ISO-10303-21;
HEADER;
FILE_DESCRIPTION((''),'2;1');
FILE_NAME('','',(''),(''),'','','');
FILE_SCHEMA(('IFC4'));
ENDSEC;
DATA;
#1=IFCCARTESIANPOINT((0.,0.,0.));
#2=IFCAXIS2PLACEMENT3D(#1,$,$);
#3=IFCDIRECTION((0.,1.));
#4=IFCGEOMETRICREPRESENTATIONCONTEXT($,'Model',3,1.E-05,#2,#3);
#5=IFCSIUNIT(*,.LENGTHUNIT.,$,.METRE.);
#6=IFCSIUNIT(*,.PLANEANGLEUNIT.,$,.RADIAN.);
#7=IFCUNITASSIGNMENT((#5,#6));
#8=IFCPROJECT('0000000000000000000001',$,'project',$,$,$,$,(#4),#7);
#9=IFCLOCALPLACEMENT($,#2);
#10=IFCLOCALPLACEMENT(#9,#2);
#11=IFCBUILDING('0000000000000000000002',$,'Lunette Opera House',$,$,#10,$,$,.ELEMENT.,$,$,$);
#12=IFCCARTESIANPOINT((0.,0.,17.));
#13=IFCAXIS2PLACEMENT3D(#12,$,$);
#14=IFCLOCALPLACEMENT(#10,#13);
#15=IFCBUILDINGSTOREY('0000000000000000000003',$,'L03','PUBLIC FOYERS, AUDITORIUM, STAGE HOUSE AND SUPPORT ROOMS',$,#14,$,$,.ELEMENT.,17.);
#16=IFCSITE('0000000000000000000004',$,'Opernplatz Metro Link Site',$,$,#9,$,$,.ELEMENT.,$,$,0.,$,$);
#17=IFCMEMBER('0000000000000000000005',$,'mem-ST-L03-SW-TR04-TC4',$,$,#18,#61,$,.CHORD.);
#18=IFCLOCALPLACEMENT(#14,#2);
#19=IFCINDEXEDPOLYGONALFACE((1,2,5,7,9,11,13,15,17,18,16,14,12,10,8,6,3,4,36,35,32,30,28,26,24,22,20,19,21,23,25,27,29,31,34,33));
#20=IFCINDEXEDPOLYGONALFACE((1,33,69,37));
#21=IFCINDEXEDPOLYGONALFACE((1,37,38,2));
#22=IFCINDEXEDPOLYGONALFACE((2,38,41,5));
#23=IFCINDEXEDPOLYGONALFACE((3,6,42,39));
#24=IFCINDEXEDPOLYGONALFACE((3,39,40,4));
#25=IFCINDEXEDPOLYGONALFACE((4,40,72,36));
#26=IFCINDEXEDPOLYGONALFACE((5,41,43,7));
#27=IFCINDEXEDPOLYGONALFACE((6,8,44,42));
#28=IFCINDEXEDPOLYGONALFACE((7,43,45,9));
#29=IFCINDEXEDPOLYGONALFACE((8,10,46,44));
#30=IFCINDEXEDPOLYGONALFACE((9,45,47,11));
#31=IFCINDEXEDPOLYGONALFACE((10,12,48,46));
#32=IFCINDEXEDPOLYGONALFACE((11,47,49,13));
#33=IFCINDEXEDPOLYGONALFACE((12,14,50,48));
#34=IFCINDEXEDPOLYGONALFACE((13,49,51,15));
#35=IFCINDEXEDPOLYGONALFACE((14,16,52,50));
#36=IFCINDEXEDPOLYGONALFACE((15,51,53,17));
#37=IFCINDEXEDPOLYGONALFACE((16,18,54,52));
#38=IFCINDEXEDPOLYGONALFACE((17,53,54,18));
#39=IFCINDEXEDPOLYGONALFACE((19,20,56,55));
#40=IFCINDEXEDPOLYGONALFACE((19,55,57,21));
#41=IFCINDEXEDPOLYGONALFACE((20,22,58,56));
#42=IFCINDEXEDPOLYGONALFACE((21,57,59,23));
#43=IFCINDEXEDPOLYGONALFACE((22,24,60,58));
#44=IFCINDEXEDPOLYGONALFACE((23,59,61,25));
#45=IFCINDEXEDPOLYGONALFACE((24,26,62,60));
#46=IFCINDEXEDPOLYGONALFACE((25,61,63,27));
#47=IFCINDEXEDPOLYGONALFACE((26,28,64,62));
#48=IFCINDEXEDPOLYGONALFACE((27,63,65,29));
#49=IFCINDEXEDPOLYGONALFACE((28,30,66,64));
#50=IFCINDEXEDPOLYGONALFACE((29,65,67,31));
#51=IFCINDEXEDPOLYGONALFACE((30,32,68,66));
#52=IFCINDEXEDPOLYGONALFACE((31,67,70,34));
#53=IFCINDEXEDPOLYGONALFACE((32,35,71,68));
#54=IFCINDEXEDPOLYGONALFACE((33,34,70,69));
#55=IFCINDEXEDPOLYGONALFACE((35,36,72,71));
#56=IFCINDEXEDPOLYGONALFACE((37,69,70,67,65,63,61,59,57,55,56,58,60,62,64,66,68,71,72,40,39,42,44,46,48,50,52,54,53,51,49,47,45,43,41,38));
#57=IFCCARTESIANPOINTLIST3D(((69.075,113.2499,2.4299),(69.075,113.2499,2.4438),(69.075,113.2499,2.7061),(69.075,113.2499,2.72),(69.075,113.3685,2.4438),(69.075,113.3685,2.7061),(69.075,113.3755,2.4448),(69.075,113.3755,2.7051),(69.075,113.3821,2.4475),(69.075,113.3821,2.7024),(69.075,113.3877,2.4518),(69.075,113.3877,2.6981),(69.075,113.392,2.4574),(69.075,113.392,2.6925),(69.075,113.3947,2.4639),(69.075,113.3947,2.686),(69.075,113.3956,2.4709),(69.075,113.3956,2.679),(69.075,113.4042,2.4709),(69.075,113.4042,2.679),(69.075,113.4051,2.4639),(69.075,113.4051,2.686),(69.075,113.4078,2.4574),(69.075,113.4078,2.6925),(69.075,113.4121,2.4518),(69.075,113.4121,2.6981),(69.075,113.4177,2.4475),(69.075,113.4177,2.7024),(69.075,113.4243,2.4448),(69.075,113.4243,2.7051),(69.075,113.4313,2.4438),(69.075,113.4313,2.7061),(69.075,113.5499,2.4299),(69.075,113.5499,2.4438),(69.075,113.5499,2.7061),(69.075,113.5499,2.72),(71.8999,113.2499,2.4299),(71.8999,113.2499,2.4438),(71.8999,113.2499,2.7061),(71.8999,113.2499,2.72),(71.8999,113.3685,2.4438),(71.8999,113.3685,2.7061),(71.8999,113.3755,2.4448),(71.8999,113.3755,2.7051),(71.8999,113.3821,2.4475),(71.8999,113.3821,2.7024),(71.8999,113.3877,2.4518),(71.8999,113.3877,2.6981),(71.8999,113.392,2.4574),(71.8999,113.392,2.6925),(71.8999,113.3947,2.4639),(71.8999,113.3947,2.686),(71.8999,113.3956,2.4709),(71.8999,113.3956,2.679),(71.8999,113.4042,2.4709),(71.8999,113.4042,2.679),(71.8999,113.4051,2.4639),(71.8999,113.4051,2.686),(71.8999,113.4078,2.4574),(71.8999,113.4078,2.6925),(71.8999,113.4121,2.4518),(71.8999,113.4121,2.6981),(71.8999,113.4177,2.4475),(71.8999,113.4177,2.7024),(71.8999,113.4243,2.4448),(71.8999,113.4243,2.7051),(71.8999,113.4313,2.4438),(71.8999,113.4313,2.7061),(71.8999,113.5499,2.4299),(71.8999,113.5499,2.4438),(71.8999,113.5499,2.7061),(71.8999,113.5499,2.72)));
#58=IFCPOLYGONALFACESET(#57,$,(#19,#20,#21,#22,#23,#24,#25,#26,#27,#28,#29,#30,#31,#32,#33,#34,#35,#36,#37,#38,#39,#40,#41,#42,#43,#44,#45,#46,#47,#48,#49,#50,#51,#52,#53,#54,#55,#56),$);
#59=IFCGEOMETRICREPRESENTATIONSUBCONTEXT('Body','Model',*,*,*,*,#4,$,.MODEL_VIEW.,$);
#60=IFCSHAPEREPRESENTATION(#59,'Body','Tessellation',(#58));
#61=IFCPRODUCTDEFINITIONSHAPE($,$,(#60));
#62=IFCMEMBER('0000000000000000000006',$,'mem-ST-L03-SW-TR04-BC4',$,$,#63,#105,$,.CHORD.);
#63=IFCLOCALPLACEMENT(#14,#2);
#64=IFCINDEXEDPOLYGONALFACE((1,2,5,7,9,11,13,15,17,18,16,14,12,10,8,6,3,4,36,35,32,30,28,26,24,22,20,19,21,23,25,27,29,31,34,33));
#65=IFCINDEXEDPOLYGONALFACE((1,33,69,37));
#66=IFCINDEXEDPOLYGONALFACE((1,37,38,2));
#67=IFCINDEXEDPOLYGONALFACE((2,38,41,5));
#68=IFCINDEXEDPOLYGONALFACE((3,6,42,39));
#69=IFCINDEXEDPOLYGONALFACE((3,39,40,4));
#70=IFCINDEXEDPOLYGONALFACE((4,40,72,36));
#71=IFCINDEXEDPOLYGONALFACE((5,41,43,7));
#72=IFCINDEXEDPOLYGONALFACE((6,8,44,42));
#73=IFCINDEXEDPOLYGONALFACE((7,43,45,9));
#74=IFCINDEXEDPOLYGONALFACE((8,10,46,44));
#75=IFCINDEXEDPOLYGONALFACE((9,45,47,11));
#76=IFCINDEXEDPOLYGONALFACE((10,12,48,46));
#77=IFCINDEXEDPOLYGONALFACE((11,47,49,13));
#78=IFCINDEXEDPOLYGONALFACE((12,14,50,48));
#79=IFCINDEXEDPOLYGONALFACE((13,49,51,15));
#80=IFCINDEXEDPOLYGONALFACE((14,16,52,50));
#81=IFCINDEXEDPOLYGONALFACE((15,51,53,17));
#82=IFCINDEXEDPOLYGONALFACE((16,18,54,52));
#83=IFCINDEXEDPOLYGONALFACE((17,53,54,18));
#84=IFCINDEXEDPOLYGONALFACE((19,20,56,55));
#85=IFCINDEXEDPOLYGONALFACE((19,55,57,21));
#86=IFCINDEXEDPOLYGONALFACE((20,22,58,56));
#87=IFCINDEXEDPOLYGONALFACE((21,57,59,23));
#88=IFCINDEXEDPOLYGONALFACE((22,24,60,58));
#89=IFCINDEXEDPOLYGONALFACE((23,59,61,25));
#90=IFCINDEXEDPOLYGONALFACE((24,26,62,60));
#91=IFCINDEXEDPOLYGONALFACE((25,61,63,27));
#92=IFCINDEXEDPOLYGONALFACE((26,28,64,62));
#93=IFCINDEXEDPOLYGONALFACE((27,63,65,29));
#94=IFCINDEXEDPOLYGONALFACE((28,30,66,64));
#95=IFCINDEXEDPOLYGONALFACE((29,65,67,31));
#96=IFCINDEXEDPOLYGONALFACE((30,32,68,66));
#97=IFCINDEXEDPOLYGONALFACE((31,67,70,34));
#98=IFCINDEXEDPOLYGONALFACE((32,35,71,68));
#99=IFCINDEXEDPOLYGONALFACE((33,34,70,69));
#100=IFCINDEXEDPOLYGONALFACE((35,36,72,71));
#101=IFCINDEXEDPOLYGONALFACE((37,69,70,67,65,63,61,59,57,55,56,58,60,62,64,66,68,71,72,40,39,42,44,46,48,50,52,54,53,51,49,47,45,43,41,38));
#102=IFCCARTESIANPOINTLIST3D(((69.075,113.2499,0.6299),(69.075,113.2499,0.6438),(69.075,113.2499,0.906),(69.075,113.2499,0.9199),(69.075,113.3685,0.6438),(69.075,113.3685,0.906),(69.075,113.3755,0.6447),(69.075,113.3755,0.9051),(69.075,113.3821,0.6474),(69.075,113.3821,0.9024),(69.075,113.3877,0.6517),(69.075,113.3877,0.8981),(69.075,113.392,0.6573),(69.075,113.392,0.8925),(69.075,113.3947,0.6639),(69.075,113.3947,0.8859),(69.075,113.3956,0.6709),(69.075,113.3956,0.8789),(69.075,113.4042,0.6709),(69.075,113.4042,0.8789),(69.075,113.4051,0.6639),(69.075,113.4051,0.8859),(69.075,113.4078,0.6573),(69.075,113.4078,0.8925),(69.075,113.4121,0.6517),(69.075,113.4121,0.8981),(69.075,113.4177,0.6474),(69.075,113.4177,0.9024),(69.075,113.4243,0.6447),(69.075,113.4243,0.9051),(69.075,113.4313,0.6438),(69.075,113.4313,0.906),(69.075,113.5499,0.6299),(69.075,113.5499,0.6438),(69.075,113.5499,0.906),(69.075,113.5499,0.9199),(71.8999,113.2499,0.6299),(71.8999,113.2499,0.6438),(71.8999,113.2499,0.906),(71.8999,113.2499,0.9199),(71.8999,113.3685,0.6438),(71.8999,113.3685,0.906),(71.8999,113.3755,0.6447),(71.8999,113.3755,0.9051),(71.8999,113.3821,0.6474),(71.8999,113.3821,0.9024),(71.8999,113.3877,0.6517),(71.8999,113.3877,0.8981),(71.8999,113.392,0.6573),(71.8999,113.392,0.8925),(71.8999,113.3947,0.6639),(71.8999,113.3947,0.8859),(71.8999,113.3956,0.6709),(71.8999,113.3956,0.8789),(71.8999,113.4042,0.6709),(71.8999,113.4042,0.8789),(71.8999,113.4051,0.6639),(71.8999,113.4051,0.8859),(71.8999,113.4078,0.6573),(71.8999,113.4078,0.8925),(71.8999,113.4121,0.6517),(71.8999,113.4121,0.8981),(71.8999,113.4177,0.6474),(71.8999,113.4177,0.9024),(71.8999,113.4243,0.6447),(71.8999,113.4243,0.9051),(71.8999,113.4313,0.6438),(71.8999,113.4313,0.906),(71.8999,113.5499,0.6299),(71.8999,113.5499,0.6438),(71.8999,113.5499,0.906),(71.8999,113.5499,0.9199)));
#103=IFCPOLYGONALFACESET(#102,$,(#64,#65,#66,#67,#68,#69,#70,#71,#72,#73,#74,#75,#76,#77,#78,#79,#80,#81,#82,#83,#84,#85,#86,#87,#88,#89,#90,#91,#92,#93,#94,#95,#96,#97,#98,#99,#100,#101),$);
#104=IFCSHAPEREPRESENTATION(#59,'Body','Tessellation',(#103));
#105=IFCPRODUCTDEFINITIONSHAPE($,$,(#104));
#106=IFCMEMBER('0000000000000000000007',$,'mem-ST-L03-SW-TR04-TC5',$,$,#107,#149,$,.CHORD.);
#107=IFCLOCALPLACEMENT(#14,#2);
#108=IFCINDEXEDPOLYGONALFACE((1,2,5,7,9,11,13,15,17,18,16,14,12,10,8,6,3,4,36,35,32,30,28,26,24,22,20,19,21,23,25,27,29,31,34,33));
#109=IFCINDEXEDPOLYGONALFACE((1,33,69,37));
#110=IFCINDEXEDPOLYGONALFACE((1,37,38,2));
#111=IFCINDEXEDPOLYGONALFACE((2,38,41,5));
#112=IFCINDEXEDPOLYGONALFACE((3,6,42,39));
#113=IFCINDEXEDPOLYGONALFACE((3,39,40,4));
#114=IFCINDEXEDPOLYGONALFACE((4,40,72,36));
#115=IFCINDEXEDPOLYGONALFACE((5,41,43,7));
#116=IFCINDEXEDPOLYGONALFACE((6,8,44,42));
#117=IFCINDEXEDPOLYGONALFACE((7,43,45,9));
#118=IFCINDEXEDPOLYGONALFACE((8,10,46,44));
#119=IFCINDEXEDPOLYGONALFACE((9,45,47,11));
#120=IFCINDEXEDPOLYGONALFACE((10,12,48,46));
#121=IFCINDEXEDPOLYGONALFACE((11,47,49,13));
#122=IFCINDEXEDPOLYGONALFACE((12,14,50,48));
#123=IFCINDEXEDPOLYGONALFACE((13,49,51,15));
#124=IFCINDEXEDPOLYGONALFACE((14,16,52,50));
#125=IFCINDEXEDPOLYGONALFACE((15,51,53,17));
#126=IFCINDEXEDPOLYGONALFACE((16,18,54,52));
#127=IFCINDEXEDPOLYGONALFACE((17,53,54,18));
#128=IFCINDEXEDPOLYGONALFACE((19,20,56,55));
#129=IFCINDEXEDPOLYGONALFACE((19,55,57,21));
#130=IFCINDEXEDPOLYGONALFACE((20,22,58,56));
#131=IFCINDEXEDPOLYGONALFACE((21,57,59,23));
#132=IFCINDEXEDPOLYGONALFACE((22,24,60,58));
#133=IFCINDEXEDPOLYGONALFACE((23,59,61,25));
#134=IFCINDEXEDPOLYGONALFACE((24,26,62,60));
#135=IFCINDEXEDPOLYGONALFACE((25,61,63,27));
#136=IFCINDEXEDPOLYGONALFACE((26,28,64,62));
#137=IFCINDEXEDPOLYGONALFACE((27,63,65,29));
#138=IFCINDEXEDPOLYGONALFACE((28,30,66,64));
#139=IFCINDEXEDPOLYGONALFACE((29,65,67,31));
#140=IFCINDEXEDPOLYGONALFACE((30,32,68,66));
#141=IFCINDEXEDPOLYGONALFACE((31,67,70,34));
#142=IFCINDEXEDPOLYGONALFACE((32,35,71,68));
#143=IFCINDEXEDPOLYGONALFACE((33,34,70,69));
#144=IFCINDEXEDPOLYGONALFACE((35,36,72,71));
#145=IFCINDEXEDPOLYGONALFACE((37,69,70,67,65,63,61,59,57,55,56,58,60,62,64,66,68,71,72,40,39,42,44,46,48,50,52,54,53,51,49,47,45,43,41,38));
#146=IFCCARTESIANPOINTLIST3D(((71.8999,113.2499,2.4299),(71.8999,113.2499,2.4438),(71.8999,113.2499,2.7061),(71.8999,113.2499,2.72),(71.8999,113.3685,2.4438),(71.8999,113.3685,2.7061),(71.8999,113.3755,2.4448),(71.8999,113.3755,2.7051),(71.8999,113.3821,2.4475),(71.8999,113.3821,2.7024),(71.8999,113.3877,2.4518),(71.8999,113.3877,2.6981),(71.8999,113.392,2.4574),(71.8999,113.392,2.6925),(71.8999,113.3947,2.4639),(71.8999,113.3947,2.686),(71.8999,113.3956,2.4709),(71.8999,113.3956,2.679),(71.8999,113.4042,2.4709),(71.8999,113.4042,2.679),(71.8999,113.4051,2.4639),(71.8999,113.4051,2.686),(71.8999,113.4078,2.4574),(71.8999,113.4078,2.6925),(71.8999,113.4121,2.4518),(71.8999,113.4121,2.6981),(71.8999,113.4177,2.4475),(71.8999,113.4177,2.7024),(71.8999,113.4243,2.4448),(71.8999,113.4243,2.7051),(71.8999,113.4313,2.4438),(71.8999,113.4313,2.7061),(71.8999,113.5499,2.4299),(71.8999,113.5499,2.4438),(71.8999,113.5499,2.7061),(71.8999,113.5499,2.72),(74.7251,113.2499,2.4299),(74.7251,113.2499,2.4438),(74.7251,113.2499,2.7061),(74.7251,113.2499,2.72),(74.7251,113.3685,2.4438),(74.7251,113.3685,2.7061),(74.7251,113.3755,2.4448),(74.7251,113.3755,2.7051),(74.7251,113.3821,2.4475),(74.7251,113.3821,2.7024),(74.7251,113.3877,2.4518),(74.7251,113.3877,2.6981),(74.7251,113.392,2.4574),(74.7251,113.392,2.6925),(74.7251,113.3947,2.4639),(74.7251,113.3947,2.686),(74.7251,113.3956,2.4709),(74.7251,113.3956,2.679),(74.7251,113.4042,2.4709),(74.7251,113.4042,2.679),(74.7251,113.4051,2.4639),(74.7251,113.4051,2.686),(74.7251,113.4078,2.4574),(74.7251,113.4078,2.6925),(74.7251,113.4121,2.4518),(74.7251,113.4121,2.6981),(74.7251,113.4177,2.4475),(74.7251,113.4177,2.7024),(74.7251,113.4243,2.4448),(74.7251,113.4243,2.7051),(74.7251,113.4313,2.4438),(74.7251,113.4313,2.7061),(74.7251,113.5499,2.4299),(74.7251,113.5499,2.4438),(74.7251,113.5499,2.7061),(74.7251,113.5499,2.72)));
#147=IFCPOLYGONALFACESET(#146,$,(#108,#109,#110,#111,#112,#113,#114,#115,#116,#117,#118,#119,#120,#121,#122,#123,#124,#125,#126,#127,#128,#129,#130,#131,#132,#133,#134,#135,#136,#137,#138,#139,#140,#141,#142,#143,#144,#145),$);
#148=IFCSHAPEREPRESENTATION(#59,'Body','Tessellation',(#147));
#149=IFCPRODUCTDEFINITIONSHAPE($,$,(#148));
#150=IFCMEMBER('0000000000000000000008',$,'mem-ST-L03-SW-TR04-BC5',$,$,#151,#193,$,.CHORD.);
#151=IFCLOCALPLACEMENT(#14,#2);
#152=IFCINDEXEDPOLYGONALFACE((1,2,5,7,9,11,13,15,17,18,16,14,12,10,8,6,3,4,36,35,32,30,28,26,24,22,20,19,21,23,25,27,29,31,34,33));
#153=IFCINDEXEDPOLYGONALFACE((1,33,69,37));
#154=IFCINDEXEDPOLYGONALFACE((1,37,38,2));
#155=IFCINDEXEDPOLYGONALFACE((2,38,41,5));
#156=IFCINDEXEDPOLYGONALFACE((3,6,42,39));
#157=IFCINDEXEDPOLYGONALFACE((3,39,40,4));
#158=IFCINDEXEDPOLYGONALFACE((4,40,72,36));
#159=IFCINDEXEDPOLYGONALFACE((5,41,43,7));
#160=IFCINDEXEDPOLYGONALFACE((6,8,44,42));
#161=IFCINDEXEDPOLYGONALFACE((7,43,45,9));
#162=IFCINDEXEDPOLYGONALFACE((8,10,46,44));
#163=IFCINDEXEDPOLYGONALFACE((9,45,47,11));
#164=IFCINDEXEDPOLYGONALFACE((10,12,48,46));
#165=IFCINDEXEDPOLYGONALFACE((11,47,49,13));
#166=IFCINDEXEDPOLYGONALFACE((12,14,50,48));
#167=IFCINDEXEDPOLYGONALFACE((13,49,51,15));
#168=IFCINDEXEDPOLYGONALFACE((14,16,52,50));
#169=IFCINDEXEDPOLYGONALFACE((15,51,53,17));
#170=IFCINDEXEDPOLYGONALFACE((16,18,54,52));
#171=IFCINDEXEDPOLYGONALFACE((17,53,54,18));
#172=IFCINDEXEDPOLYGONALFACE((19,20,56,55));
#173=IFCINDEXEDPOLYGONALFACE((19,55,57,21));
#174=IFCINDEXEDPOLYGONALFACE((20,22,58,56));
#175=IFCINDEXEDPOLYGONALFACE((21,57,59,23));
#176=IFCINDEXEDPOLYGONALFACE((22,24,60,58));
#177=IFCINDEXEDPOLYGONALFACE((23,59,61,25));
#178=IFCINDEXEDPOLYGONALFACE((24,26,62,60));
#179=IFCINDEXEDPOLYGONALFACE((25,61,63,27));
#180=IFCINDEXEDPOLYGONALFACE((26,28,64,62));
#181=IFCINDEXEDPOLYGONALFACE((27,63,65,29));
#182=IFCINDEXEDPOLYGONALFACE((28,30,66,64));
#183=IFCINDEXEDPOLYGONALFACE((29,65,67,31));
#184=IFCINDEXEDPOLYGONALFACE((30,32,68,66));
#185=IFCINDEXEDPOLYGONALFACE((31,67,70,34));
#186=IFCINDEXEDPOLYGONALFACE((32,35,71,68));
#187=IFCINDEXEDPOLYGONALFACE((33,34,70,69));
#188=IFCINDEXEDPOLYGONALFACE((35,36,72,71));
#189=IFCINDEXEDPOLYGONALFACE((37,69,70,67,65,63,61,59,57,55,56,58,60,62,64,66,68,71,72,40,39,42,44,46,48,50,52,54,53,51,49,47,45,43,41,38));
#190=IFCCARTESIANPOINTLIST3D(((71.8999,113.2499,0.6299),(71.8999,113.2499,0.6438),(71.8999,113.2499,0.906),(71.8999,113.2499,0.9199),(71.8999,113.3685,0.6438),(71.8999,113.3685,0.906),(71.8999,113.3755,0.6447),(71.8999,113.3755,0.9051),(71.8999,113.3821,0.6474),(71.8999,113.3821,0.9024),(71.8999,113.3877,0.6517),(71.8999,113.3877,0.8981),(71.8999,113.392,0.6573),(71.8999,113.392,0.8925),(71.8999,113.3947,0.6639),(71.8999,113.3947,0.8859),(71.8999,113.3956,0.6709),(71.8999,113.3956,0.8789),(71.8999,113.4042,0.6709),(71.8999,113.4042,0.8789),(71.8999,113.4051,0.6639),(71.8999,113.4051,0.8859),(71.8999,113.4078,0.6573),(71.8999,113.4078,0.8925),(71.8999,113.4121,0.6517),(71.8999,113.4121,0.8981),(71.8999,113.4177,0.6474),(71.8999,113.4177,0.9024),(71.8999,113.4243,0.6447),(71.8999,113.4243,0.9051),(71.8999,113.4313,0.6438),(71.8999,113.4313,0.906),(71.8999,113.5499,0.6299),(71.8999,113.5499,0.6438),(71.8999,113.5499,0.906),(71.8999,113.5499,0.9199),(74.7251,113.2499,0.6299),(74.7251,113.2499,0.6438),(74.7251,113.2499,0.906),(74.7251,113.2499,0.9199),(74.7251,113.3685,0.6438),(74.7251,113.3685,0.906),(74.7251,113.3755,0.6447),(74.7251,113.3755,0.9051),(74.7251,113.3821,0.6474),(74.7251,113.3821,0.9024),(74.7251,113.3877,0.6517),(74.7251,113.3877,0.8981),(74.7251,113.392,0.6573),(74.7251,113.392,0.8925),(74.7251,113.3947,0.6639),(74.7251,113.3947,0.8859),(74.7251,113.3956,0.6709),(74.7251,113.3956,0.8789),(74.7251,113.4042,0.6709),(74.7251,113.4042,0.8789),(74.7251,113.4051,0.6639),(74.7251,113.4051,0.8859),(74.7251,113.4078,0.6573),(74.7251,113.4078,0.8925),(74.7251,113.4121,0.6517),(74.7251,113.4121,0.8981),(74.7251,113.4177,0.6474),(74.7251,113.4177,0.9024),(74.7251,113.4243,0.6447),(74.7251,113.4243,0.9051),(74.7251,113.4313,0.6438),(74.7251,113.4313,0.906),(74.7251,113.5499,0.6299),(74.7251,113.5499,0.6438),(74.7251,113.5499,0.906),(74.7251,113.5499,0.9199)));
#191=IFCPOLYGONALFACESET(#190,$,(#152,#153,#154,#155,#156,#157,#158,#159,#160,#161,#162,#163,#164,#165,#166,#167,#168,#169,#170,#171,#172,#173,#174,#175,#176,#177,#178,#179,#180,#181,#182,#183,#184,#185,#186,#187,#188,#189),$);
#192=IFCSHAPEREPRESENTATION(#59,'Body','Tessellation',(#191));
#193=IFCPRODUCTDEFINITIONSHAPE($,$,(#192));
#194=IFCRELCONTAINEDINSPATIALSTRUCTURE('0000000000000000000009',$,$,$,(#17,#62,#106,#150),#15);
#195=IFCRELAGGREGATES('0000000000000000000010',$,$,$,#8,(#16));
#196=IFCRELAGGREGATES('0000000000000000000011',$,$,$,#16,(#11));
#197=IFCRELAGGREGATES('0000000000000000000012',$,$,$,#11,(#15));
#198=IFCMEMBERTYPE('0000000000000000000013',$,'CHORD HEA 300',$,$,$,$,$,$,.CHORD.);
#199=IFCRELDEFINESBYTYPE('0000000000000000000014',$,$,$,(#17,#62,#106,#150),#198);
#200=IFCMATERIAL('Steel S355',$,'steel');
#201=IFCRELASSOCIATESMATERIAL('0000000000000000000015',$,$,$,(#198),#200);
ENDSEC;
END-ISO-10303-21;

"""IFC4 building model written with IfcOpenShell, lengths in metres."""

from ifc_helpers import new_model, si_unit, direction, frame, origin, origin_2d, place, context, subcontext, project, spatial, i_section, extrude, material, material_profile, profile_set, type_object, element, save


model = new_model("IFC4")

# Units and contexts
model_context = context("Model", 3, precision=1e-05, world=origin(), true_north=direction((0.0, 1.0)))
body_context = subcontext(model_context, "Body", "Model", "MODEL_VIEW")
ifc_project = project(units=[si_unit("LENGTHUNIT", "METRE"), si_unit("PLANEANGLEUNIT", "RADIAN")], contexts=[model_context])

# Site, building, storey
site_placement = place(None, origin())
site = spatial("IfcSite", under=ifc_project, at=site_placement, Name="Opernplatz Metro Link Site", CompositionType="ELEMENT", RefElevation=0.0)
building_placement = place(site_placement, origin())
building = spatial("IfcBuilding", under=site, at=building_placement, Name="Lunette Opera House", CompositionType="ELEMENT")
storey_placement = place(building_placement, frame((0.0, 0.0, 17.0)))
storey = spatial("IfcBuildingStorey", under=building, at=storey_placement, Name="L03", Description="PUBLIC FOYERS, AUDITORIUM, STAGE HOUSE AND SUPPORT ROOMS", CompositionType="ELEMENT", Elevation=17.0)

# Members
ifc_material_1 = material(Name="Steel S355", Category="steel")
ifc_material_profile_1 = material_profile(ifc_material_1, i_section(OverallWidth=0.3, OverallDepth=0.29, WebThickness=0.0085, FlangeThickness=0.0139, FilletRadius=0.0271, at=origin_2d()), Name="HEA 300")
ifc_profile_set_1 = profile_set([ifc_material_profile_1], Name="Steel S355")
member_type_1 = type_object("IfcMemberType", Name="CHORD HEA 300", PredefinedType="CHORD", material=ifc_profile_set_1)
for number, where, z_axis, x_axis, name in (
    (1, (69.075, 113.3999, 2.575), (1.0, 0.0, 0.0), (0.0, 1.0, 0.0), "mem-ST-L03-SW-TR04-TC4"),
    (2, (69.075, 113.3999, 0.7749), (1.0, 0.0, 0.0), (0.0, 1.0, 0.0), "mem-ST-L03-SW-TR04-BC4"),
):
    element("IfcMember", number, at=place(storey_placement, frame(where, z_axis=z_axis, x_axis=x_axis)), inside=storey, type_object=member_type_1, Name=name, PredefinedType="CHORD", context=body_context, shape_type="SweptSolid", body=[
        extrude(i_section(OverallWidth=0.3, OverallDepth=0.29, WebThickness=0.0085, FlangeThickness=0.0139, FilletRadius=0.0271, at=origin_2d()), origin(), (0.0, 0.0, 1.0), 2.825),
    ])
for number, where, z_axis, x_axis, name in (
    (3, (71.8999, 113.3999, 2.575), (1.0, 0.0, 0.0), (0.0, 1.0, 0.0), "mem-ST-L03-SW-TR04-TC5"),
    (4, (71.8999, 113.3999, 0.7749), (1.0, 0.0, 0.0), (0.0, 1.0, 0.0), "mem-ST-L03-SW-TR04-BC5"),
):
    element("IfcMember", number, at=place(storey_placement, frame(where, z_axis=z_axis, x_axis=x_axis)), inside=storey, type_object=member_type_1, Name=name, PredefinedType="CHORD", context=body_context, shape_type="SweptSolid", body=[
        extrude(i_section(OverallWidth=0.3, OverallDepth=0.29, WebThickness=0.0085, FlangeThickness=0.0139, FilletRadius=0.0271, at=origin_2d()), origin(), (0.0, 0.0, 1.0), 2.8252),
    ])

save(model, "model.ifc")
